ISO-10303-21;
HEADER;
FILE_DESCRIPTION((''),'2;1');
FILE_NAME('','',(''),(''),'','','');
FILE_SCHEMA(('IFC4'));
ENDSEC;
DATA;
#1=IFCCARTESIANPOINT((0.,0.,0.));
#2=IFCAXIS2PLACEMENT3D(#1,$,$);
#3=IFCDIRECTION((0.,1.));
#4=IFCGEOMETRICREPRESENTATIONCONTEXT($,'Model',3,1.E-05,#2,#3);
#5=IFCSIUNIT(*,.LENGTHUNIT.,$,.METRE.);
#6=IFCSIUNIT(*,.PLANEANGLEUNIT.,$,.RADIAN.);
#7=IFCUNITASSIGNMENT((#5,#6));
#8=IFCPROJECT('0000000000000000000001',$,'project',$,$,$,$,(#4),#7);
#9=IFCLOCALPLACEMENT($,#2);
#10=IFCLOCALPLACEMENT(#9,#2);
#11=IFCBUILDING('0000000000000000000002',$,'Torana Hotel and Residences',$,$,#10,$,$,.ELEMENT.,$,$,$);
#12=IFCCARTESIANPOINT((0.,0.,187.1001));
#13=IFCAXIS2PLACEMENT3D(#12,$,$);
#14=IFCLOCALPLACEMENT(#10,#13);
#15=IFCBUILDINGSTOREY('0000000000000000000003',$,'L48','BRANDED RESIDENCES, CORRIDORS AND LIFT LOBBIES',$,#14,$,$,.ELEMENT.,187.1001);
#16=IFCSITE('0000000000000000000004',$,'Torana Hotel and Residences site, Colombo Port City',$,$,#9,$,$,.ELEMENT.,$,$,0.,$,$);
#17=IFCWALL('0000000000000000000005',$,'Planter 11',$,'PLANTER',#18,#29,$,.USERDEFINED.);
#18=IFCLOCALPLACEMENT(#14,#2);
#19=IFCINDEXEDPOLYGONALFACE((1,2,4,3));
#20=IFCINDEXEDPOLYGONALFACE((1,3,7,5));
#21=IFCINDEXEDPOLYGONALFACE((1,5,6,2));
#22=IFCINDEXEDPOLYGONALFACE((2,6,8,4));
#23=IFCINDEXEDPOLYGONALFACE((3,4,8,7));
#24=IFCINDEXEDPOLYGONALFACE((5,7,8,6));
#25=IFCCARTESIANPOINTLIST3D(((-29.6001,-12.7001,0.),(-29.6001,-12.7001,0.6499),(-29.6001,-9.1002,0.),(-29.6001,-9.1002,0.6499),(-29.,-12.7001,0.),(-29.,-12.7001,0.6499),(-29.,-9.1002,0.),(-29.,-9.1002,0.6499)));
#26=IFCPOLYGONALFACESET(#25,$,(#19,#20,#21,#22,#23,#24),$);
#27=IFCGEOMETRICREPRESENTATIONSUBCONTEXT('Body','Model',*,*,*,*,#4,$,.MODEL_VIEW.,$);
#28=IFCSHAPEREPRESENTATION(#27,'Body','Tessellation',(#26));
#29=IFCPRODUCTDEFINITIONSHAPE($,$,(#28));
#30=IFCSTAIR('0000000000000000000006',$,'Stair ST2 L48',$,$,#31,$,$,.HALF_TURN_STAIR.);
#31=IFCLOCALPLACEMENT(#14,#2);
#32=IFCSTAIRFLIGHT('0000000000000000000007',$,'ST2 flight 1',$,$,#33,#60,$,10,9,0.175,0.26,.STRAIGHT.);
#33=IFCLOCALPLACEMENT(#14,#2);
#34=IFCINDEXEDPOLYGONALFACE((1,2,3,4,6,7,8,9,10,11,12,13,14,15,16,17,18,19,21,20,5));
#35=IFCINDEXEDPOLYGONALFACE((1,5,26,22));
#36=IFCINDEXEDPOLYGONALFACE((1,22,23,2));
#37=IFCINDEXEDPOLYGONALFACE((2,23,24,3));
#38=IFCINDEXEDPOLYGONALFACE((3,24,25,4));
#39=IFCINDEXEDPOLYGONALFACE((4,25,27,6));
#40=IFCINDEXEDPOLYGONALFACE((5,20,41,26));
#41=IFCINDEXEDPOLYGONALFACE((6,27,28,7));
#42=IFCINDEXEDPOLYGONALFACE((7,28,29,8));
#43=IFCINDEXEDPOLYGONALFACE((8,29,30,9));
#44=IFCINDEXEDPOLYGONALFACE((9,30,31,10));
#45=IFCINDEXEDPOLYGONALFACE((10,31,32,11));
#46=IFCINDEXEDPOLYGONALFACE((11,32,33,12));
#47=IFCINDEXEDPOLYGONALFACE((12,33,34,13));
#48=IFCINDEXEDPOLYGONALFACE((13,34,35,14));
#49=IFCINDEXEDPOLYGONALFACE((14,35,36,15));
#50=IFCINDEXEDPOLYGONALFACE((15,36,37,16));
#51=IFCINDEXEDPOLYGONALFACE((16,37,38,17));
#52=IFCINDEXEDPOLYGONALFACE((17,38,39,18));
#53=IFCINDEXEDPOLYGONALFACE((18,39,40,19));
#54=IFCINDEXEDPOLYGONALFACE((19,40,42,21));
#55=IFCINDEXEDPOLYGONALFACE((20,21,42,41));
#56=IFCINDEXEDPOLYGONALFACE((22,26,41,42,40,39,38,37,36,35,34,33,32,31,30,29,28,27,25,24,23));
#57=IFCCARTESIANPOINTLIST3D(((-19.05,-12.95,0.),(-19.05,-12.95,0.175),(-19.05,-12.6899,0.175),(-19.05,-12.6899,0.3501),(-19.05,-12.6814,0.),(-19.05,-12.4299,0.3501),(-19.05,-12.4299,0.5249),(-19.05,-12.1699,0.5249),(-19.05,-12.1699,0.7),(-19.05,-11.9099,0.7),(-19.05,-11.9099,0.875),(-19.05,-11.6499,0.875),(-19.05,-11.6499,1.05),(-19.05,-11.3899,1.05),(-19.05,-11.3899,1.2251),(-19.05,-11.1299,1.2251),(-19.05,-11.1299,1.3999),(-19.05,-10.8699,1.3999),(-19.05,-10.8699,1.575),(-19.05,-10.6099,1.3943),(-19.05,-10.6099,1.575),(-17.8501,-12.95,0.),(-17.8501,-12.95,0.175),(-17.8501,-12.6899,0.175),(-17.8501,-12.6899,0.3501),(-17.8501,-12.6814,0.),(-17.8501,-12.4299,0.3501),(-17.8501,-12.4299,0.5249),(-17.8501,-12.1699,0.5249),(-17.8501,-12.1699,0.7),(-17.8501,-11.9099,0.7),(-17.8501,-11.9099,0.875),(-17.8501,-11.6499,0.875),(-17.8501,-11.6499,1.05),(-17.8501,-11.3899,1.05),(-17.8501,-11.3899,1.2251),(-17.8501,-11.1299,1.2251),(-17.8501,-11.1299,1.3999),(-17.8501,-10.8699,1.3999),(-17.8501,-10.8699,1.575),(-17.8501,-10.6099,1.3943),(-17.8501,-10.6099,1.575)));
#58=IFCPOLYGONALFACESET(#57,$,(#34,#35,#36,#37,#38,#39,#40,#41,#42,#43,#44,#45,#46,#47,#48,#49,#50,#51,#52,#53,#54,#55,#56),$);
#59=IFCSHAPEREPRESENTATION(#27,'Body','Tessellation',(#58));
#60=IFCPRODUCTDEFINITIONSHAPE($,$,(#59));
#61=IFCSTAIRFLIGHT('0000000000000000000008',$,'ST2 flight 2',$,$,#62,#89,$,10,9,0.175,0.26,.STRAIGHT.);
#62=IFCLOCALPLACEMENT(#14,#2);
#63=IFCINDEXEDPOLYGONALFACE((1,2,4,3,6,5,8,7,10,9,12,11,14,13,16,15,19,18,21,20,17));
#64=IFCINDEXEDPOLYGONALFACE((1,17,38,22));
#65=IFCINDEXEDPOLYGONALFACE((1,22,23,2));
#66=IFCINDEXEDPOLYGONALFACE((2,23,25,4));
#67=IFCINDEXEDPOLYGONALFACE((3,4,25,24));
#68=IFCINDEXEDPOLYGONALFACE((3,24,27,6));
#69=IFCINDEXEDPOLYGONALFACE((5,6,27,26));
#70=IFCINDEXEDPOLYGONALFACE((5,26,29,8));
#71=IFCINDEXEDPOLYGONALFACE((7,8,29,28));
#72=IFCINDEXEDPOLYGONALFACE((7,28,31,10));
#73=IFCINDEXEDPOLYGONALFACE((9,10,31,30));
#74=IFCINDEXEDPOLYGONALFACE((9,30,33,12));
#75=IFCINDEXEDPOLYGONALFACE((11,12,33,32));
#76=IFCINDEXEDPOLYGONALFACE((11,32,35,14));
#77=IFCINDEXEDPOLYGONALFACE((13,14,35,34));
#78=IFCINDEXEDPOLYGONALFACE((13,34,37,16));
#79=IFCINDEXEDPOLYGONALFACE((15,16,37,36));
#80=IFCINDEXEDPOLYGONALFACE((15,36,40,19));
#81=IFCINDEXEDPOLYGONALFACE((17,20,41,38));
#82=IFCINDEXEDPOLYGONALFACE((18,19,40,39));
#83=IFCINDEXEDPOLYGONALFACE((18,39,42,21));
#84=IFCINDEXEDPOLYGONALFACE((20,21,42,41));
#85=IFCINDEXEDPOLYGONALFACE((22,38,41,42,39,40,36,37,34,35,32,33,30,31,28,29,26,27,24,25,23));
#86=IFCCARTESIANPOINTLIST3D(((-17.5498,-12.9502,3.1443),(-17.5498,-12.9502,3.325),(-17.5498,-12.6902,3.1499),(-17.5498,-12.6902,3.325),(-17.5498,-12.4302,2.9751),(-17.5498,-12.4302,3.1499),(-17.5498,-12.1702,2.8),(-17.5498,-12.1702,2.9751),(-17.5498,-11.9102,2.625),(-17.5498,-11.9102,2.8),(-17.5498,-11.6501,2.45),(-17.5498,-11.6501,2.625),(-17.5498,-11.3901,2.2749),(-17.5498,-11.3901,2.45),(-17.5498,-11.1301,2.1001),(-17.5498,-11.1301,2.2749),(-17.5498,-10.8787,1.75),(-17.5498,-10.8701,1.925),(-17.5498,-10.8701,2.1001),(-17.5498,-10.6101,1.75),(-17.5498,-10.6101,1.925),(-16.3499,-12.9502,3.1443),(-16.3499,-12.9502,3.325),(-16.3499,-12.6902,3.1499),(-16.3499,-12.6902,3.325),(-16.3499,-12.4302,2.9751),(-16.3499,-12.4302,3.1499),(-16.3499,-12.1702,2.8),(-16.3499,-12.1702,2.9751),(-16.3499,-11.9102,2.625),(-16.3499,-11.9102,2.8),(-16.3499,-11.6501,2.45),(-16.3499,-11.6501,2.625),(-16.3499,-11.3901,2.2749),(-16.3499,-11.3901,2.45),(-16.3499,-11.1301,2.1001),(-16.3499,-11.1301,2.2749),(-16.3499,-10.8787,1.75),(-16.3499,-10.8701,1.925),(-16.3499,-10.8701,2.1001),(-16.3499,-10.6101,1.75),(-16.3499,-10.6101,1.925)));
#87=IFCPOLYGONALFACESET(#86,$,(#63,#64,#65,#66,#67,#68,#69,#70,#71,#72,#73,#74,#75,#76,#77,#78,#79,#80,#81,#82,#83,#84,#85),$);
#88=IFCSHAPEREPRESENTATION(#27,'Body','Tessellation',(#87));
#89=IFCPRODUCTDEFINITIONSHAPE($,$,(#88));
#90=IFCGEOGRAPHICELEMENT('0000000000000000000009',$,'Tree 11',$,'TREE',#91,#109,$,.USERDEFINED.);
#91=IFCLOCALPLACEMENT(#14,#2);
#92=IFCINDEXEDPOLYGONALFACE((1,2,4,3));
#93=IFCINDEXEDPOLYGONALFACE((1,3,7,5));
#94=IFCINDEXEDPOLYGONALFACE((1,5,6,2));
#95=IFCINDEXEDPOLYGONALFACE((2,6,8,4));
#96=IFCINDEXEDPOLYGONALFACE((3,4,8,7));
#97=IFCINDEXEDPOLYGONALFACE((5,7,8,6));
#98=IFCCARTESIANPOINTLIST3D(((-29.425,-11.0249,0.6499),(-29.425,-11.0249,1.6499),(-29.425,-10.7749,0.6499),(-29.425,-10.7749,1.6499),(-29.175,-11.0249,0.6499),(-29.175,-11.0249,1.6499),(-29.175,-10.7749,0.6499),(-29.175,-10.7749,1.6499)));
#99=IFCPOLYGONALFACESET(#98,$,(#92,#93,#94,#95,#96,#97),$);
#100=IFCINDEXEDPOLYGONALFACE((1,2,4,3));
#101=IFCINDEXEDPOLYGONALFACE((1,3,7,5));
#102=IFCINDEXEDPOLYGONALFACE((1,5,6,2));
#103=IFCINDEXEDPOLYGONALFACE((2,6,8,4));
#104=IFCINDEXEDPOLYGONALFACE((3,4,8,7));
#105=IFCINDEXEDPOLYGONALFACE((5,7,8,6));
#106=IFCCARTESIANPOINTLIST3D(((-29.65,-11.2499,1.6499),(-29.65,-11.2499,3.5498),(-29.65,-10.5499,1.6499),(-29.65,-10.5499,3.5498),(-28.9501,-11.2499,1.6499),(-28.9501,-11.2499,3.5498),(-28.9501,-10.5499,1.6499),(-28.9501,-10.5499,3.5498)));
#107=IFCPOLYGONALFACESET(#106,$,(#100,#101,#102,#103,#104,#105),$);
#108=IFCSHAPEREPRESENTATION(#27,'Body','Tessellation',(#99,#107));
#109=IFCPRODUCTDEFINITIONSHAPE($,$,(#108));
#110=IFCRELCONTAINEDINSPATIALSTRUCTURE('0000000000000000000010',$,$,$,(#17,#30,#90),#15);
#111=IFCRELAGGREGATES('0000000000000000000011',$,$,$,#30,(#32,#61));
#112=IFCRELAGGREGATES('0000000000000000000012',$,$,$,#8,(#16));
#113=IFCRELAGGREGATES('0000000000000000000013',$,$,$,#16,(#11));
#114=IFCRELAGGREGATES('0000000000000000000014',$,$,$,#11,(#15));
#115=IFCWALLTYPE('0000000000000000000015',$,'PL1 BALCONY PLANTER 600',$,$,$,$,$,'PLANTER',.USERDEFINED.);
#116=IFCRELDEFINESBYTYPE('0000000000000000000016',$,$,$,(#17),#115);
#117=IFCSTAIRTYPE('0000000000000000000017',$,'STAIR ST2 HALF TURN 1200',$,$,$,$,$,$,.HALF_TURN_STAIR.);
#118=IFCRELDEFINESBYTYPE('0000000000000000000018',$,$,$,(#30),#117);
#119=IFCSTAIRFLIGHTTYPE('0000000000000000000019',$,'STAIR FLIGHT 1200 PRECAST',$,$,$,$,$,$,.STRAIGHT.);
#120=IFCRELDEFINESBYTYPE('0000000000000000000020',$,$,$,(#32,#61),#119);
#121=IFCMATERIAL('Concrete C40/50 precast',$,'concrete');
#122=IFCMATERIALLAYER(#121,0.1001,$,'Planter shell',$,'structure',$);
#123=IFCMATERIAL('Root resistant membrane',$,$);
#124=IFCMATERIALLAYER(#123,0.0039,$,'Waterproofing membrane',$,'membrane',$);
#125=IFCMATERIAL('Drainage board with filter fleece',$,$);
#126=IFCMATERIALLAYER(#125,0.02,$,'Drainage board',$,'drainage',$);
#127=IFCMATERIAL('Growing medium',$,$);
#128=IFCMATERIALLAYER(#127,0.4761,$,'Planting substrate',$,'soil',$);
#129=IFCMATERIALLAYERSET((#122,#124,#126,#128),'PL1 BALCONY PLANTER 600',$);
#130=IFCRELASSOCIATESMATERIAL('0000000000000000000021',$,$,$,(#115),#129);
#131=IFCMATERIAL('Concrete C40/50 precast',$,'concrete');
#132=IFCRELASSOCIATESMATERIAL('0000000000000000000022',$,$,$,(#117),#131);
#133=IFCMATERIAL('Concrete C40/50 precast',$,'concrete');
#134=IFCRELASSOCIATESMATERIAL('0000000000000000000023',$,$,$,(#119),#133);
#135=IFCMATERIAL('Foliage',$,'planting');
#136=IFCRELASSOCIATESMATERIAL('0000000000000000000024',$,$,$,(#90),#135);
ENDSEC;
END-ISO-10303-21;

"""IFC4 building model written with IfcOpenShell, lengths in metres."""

from ifc_helpers import new_model, si_unit, direction, frame, frame_2d, origin, origin_2d, place, context, subcontext, project, spatial, polyline, rectangle, outline, extrude, material, layer, layer_set, type_object, element, aggregate, save


model = new_model("IFC4")

# Units and contexts
model_context = context("Model", 3, precision=1e-05, world=origin(), true_north=direction((0.0, 1.0)))
body_context = subcontext(model_context, "Body", "Model", "MODEL_VIEW")
ifc_project = project(units=[si_unit("LENGTHUNIT", "METRE"), si_unit("PLANEANGLEUNIT", "RADIAN")], contexts=[model_context])

# Site, building, storey
site_placement = place(None, origin())
site = spatial("IfcSite", under=ifc_project, at=site_placement, Name="Torana Hotel and Residences site, Colombo Port City", CompositionType="ELEMENT", RefElevation=0.0)
building_placement = place(site_placement, origin())
building = spatial("IfcBuilding", under=site, at=building_placement, Name="Torana Hotel and Residences", CompositionType="ELEMENT")
storey_placement = place(building_placement, frame((0.0, 0.0, 187.1001)))
storey = spatial("IfcBuildingStorey", under=building, at=storey_placement, Name="L48", Description="BRANDED RESIDENCES, CORRIDORS AND LIFT LOBBIES", CompositionType="ELEMENT", Elevation=187.1001)

# Wall
ifc_material_1 = material(Name="Concrete C40/50 precast", Category="concrete")
ifc_layer_1 = layer(ifc_material_1, 0.1001, Name="Planter shell", Category="structure")
ifc_material_2 = material(Name="Root resistant membrane")
ifc_layer_2 = layer(ifc_material_2, 0.0039, Name="Waterproofing membrane", Category="membrane")
ifc_material_3 = material(Name="Drainage board with filter fleece")
ifc_layer_3 = layer(ifc_material_3, 0.02, Name="Drainage board", Category="drainage")
ifc_material_4 = material(Name="Growing medium")
ifc_layer_4 = layer(ifc_material_4, 0.4761, Name="Planting substrate", Category="soil")
ifc_layer_set_1 = layer_set([ifc_layer_1, ifc_layer_2, ifc_layer_3, ifc_layer_4], Name="PL1 BALCONY PLANTER 600")
wall_type_1 = type_object("IfcWallType", Name="PL1 BALCONY PLANTER 600", ElementType="PLANTER", PredefinedType="USERDEFINED", material=ifc_layer_set_1)
wall_1_placement = place(storey_placement, frame((-29.3, -12.7, 0.0), z_axis=(0.0, 0.0, 1.0), x_axis=(0.0, 1.0, 0.0)))
element("IfcWall", 1, at=wall_1_placement, inside=storey, type_object=wall_type_1, Name="Planter 11", ObjectType="PLANTER", PredefinedType="USERDEFINED", context=body_context, shape_type="SweptSolid", body=[
    extrude(rectangle(XDim=3.5999, YDim=0.6001, at=frame_2d((1.7998, 0.0))), origin(), (0.0, 0.0, 1.0), 0.6499),
])

# Stair, stair flights
ifc_material_5 = material(Name="Concrete C40/50 precast", Category="concrete")
stair_type = type_object("IfcStairType", Name="STAIR ST2 HALF TURN 1200", PredefinedType="HALF_TURN_STAIR", material=ifc_material_5)
stair_placement = place(storey_placement, origin())
stair = element("IfcStair", 2, at=stair_placement, inside=storey, type_object=stair_type, Name="Stair ST2 L48", PredefinedType="HALF_TURN_STAIR")
ifc_material_6 = material(Name="Concrete C40/50 precast", Category="concrete")
stair_flight_type = type_object("IfcStairFlightType", Name="STAIR FLIGHT 1200 PRECAST", PredefinedType="STRAIGHT", material=ifc_material_6)
stair_flight_1_placement = place(storey_placement, frame((-18.45, -12.95, 0.0), z_axis=(0.0, 0.0, 1.0), x_axis=(0.0, 1.0, 0.0)))
stair_flight_1 = element("IfcStairFlight", 3, at=stair_flight_1_placement, type_object=stair_flight_type, Name="ST2 flight 1", NumberOfRisers=10, NumberOfTreads=9, PredefinedType="STRAIGHT", RiserHeight=0.175, TreadLength=0.26, context=body_context, shape_type="SweptSolid", body=[
    extrude(outline(polyline([(0.0, 0.0), (0.0, 0.175), (0.26, 0.175), (0.26, 0.3501), (0.52, 0.3501), (0.52, 0.5249), (0.78, 0.5249), (0.78, 0.7), (1.04, 0.7), (1.04, 0.875), (1.3, 0.875), (1.3, 1.05), (1.5601, 1.05), (1.5601, 1.2251), (1.8201, 1.2251), (1.8201, 1.3999), (2.0801, 1.3999), (2.0801, 1.575), (2.3401, 1.575), (2.3401, 1.75), (2.3401, 1.3943), (0.2686, 0.0), (0.0, 0.0)])), frame((0.0, 0.6001, 0.0), z_axis=(0.0, -1.0, 0.0), x_axis=(1.0, 0.0, 0.0)), (0.0, 0.0, 1.0), 1.2),
])
stair_flight_2_placement = place(storey_placement, frame((-16.95, -10.6101, 1.75), z_axis=(0.0, 0.0, 1.0), x_axis=(0.0, -1.0, 0.0)))
stair_flight_2 = element("IfcStairFlight", 4, at=stair_flight_2_placement, type_object=stair_flight_type, Name="ST2 flight 2", NumberOfRisers=10, NumberOfTreads=9, PredefinedType="STRAIGHT", RiserHeight=0.175, TreadLength=0.26, context=body_context, shape_type="SweptSolid", body=[
    extrude(outline(polyline([(0.0, 0.0), (0.0, 0.175), (0.26, 0.175), (0.26, 0.3501), (0.52, 0.3501), (0.52, 0.5249), (0.78, 0.5249), (0.78, 0.7), (1.04, 0.7), (1.04, 0.875), (1.3, 0.875), (1.3, 1.05), (1.5601, 1.05), (1.5601, 1.2251), (1.8201, 1.2251), (1.8201, 1.3999), (2.0801, 1.3999), (2.0801, 1.575), (2.3401, 1.575), (2.3401, 1.75), (2.3401, 1.3943), (0.2686, 0.0), (0.0, 0.0)])), frame((0.0, 0.6001, 0.0), z_axis=(0.0, -1.0, 0.0), x_axis=(1.0, 0.0, 0.0)), (0.0, 0.0, 1.0), 1.2),
])
aggregate(stair, [stair_flight_1, stair_flight_2])

# Geographic element
ifc_material_7 = material(Name="Foliage", Category="planting")
geographic_element_placement = place(storey_placement, frame((-29.3, -10.8999, 0.6499), z_axis=(0.0, 0.0, 1.0), x_axis=(1.0, 0.0, 0.0)))
element("IfcGeographicElement", 5, at=geographic_element_placement, inside=storey, material=ifc_material_7, Name="Tree 11", ObjectType="TREE", PredefinedType="USERDEFINED", context=body_context, shape_type="SweptSolid", body=[
    extrude(rectangle(XDim=0.25, YDim=0.25, at=origin_2d()), origin(), (0.0, 0.0, 1.0), 1.0),
    extrude(rectangle(XDim=0.7, YDim=0.7, at=origin_2d()), frame((0.0, 0.0, 1.0)), (0.0, 0.0, 1.0), 1.8999),
])

save(model, "model.ifc")
